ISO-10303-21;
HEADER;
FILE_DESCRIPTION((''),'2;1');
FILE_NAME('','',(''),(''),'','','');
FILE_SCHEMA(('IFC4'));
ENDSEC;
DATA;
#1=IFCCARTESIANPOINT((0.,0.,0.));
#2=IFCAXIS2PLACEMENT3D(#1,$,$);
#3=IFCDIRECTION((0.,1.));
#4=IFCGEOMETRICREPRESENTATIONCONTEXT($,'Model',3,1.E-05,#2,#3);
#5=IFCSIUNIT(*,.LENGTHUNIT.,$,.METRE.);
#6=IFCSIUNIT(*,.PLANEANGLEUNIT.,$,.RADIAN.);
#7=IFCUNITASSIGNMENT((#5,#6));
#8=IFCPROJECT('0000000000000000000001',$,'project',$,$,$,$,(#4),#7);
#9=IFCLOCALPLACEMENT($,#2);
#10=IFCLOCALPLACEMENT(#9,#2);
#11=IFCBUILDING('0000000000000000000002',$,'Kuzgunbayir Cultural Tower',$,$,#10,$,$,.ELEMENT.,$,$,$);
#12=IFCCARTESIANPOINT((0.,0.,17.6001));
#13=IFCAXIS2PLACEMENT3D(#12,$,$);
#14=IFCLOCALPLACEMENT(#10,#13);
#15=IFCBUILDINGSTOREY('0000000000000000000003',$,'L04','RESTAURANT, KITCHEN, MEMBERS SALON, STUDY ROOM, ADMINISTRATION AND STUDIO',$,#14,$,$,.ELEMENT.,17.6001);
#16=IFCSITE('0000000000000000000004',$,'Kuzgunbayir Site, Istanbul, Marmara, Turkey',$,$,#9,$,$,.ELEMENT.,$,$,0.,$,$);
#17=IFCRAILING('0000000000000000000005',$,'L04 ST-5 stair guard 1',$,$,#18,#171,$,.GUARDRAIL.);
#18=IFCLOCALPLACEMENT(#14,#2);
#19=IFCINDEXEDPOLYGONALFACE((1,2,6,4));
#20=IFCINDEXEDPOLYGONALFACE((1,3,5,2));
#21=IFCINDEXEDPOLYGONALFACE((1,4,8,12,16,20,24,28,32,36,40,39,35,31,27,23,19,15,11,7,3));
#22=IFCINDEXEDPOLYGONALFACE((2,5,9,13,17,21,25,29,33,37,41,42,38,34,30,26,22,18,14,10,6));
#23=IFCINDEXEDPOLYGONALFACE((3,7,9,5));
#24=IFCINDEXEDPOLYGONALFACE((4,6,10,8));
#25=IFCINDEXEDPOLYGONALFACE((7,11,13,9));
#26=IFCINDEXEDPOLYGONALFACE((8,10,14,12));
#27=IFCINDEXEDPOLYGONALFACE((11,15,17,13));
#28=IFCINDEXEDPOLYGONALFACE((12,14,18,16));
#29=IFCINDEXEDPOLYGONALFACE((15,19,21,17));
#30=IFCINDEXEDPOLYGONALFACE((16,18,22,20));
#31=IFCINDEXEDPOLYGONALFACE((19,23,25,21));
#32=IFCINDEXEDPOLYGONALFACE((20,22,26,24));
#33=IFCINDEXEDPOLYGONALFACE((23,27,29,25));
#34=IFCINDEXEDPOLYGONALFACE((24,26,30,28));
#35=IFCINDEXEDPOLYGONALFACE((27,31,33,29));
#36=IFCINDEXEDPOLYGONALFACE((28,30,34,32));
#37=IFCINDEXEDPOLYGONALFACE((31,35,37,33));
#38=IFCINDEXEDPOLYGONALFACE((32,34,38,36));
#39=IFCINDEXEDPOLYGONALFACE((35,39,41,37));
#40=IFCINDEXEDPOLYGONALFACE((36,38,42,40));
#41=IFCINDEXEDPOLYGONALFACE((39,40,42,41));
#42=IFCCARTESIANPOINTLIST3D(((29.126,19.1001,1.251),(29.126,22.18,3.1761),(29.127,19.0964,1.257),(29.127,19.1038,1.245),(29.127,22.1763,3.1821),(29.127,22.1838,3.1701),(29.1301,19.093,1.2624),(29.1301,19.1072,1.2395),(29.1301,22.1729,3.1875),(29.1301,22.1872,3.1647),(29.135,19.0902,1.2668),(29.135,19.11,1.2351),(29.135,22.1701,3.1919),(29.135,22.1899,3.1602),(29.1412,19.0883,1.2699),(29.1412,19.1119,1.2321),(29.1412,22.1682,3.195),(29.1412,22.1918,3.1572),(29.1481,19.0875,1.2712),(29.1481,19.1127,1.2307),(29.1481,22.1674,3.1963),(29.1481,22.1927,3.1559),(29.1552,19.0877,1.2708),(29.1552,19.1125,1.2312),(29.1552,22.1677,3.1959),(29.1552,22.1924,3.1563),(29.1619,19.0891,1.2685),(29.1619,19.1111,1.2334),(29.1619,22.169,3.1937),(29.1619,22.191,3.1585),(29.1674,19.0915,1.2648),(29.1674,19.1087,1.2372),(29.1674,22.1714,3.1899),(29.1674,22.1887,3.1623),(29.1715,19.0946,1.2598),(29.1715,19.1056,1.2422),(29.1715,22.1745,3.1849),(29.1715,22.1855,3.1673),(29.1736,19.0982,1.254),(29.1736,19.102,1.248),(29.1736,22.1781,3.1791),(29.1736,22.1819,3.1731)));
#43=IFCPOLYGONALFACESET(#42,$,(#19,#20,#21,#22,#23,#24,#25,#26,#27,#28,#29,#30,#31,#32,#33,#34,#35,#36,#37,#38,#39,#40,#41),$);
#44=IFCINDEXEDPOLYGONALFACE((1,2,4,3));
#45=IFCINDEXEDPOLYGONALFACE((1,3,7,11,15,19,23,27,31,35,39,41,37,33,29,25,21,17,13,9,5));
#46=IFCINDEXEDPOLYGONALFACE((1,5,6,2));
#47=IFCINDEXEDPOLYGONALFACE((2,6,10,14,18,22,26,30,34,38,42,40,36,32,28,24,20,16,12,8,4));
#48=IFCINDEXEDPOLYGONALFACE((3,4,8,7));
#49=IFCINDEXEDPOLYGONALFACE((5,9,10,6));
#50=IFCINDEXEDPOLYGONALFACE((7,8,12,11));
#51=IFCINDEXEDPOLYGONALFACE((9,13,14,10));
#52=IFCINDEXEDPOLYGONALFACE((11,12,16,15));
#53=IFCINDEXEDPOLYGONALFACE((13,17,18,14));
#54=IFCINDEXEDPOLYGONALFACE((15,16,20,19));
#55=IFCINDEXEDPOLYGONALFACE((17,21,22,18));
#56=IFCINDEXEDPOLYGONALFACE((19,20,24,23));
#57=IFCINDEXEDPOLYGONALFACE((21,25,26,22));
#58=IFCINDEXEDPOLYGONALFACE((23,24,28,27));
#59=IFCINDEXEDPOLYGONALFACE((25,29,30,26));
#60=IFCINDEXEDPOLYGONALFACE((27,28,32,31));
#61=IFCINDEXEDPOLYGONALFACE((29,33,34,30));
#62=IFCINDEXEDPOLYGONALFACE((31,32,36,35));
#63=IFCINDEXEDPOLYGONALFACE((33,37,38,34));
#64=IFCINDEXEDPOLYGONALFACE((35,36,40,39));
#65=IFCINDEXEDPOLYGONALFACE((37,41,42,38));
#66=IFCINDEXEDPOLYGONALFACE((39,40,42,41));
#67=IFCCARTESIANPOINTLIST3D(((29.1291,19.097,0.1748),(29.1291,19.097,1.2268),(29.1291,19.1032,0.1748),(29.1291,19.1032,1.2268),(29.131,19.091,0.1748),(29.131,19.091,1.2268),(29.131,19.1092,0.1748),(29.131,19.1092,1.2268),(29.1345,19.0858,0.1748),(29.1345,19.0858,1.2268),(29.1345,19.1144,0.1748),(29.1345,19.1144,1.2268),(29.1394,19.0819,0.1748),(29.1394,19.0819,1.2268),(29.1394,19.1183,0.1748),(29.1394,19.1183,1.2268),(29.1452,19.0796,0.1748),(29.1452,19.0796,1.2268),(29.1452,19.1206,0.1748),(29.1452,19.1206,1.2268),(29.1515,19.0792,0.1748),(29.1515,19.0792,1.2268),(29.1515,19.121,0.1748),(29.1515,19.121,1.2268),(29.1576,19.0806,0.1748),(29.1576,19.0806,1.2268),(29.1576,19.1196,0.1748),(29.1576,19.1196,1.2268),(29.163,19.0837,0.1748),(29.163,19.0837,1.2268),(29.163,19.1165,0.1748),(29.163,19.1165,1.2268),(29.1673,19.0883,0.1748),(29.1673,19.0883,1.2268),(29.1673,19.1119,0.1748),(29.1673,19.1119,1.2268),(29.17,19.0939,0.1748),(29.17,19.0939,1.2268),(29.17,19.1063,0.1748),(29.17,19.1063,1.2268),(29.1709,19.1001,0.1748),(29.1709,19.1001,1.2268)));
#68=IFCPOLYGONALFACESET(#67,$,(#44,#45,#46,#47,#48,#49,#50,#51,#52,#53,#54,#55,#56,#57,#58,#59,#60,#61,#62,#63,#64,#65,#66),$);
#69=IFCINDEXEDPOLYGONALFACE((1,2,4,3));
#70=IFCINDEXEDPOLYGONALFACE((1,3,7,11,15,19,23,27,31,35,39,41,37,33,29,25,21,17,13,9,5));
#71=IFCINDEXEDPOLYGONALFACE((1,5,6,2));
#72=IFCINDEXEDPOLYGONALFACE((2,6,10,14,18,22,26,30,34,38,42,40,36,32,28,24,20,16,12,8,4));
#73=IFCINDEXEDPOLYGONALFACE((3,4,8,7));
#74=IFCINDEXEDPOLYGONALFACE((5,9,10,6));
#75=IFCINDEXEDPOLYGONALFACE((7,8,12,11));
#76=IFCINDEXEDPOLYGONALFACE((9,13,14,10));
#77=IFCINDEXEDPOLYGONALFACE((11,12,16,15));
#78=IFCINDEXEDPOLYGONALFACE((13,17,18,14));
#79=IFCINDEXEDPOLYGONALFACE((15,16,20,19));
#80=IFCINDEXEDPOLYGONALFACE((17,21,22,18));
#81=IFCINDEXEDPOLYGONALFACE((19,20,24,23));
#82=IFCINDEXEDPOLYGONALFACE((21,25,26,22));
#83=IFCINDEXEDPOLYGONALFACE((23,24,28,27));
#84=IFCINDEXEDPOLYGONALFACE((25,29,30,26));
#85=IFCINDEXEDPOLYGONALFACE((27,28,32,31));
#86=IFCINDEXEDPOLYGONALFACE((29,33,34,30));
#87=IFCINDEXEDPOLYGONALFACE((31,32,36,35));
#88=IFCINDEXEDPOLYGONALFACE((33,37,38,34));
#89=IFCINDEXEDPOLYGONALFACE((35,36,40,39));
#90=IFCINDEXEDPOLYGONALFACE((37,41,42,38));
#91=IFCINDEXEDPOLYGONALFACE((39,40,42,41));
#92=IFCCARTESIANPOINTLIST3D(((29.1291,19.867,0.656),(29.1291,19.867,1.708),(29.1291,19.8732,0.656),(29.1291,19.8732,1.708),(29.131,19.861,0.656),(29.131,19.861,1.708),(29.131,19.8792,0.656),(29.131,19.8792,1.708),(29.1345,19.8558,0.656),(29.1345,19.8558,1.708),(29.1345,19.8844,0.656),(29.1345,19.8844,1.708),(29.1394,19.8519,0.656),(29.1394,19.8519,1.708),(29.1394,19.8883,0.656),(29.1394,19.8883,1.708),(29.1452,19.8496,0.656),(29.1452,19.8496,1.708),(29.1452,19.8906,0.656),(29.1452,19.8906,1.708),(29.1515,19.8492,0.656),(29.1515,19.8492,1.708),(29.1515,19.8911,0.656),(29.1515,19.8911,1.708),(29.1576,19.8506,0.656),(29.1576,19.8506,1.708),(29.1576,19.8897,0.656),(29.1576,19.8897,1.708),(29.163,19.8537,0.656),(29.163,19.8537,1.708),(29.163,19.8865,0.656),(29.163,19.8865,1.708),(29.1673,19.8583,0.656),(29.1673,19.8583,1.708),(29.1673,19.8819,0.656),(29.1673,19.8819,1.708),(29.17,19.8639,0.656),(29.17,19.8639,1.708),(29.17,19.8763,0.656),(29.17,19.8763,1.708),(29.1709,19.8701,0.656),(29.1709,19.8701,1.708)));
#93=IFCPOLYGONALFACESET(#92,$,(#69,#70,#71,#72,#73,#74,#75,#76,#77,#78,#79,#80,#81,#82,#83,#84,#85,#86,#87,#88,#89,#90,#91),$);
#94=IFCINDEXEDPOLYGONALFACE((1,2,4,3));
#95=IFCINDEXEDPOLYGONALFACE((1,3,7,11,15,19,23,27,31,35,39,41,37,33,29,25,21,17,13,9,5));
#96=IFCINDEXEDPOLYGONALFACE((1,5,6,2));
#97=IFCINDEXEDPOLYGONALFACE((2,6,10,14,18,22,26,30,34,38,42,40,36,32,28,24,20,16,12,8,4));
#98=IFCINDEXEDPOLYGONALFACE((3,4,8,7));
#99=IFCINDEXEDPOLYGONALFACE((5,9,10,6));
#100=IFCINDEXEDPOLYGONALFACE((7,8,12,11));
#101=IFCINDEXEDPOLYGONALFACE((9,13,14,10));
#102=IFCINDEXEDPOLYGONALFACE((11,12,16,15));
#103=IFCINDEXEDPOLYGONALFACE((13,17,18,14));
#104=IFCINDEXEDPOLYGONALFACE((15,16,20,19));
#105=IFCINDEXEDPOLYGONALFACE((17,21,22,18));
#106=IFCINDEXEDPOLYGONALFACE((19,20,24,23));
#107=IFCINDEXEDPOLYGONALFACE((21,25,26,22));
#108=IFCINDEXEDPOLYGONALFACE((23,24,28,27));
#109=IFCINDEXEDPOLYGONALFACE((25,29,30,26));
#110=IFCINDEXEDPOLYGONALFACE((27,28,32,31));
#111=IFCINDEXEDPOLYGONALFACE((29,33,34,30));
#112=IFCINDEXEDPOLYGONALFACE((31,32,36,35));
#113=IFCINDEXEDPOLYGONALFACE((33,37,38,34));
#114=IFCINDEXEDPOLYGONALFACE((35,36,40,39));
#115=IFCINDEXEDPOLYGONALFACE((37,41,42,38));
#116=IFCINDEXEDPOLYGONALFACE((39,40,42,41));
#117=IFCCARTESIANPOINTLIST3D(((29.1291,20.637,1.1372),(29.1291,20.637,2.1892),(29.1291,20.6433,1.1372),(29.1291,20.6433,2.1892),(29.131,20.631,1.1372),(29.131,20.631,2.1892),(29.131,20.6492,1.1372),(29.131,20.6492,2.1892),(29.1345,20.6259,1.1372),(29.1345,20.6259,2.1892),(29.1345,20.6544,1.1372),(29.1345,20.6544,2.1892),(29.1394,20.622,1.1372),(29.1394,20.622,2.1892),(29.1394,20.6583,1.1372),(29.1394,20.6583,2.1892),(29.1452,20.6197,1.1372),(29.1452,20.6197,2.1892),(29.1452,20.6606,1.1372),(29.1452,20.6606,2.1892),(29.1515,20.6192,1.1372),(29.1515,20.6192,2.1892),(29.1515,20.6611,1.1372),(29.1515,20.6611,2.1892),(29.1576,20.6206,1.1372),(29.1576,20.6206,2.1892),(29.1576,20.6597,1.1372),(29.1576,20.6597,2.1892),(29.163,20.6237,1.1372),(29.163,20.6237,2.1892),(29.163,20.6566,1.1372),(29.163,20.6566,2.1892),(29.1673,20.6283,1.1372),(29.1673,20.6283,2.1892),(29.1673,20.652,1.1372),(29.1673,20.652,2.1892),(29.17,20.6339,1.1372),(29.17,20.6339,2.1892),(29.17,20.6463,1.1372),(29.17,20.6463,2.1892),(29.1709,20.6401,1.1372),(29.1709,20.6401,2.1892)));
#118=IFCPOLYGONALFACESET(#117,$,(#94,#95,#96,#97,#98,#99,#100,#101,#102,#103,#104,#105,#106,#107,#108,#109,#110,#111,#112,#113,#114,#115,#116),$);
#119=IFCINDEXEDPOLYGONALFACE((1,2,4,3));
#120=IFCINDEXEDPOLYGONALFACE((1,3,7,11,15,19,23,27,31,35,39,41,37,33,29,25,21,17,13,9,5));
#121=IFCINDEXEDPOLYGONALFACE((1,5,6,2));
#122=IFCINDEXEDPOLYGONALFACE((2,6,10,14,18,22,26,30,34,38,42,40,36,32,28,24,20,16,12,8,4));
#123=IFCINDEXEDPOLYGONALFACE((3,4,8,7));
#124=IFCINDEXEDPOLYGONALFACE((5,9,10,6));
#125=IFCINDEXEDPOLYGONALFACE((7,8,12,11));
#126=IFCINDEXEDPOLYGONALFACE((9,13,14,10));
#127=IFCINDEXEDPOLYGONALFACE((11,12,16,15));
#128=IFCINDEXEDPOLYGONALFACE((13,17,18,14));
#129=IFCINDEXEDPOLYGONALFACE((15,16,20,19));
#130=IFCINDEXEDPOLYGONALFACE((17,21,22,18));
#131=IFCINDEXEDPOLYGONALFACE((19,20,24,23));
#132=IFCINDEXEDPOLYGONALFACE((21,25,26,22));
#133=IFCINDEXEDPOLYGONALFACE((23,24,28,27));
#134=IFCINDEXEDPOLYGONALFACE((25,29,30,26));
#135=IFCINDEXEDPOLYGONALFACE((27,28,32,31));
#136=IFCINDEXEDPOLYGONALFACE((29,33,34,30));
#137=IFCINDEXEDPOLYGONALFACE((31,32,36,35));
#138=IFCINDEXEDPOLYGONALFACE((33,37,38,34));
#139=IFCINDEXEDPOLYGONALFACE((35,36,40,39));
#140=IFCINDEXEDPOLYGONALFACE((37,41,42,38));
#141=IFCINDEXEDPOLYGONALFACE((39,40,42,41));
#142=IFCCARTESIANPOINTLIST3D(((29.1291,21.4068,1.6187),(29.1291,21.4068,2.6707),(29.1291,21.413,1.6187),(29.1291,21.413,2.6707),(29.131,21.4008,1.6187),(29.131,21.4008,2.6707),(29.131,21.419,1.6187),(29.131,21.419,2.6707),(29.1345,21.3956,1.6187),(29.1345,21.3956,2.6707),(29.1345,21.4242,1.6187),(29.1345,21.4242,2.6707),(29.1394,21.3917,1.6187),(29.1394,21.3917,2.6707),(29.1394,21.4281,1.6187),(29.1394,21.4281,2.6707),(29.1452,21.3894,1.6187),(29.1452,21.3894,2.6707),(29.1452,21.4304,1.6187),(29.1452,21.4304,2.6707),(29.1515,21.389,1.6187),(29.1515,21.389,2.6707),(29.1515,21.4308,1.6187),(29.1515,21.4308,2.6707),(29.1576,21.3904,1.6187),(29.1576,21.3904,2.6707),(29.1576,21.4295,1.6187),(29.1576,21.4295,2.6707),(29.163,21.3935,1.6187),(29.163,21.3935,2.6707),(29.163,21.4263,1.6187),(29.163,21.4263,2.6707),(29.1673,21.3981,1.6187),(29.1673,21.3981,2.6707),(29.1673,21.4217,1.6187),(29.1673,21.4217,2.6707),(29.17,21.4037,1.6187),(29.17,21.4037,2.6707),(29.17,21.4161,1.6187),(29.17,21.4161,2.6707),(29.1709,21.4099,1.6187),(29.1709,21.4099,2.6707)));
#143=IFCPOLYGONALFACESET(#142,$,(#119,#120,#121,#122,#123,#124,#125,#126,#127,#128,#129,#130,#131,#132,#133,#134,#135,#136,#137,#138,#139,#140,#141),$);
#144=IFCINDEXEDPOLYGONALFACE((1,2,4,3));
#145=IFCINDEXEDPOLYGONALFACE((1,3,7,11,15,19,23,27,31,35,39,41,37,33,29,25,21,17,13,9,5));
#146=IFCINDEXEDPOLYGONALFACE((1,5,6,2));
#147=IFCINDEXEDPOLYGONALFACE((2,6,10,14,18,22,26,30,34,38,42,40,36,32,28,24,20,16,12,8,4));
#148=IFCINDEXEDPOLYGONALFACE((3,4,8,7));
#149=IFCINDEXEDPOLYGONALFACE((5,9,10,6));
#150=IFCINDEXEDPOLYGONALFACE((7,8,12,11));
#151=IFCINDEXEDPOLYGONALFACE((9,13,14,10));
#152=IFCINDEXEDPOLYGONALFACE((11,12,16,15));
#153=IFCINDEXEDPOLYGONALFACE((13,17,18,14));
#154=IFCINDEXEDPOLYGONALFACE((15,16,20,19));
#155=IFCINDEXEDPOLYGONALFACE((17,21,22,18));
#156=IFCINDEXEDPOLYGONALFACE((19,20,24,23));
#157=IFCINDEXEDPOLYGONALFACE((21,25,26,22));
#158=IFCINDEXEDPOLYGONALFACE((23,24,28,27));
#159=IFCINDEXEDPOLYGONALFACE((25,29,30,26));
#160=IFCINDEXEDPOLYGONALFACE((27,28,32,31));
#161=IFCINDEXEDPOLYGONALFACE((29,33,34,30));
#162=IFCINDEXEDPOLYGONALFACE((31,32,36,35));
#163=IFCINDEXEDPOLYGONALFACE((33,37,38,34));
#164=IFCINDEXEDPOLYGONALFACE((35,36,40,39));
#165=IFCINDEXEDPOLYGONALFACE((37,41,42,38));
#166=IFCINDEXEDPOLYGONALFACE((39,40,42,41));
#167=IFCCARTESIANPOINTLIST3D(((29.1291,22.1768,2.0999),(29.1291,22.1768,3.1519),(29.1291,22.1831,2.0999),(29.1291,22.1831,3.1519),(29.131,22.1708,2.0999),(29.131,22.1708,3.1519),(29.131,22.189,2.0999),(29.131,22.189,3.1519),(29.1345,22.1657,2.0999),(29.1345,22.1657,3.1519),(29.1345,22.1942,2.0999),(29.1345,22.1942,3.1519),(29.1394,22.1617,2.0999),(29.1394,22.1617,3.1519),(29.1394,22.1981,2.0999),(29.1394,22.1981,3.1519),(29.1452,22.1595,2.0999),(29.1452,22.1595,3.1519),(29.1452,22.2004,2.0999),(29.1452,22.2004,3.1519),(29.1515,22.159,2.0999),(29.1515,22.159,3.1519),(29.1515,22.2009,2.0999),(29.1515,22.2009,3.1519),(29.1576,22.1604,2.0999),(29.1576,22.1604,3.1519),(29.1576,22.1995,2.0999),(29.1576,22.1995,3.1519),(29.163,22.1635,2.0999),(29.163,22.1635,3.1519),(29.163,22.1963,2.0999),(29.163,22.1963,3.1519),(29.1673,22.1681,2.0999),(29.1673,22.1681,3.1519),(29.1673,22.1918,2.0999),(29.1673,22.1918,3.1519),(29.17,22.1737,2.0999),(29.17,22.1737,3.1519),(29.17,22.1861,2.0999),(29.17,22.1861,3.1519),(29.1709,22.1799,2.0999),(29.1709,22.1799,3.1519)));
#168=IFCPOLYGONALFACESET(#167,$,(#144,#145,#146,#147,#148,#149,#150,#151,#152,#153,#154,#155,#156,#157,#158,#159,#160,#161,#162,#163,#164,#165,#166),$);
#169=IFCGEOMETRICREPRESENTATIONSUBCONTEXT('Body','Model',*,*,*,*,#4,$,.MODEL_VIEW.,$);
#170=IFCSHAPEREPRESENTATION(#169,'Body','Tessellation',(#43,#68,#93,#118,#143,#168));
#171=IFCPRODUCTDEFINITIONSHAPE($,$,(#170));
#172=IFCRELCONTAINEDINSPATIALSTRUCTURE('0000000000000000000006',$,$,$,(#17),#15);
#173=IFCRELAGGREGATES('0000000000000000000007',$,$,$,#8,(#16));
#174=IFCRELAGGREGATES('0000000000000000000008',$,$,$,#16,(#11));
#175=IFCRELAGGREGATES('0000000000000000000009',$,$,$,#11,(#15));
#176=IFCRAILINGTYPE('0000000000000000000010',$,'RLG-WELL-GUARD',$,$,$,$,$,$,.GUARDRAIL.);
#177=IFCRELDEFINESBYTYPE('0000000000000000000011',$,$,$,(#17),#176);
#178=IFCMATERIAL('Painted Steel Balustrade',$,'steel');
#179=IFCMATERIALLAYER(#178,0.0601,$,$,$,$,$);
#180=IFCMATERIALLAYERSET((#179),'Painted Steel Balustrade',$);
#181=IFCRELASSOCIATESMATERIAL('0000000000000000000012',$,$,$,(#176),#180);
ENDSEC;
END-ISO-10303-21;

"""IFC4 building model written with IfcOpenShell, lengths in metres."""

from ifc_helpers import new_model, si_unit, direction, frame, origin, origin_2d, place, context, subcontext, project, spatial, circle, extrude, material, layer, layer_set, type_object, element, save


model = new_model("IFC4")

# Units and contexts
model_context = context("Model", 3, precision=1e-05, world=origin(), true_north=direction((0.0, 1.0)))
body_context = subcontext(model_context, "Body", "Model", "MODEL_VIEW")
ifc_project = project(units=[si_unit("LENGTHUNIT", "METRE"), si_unit("PLANEANGLEUNIT", "RADIAN")], contexts=[model_context])

# Site, building, storey
site_placement = place(None, origin())
site = spatial("IfcSite", under=ifc_project, at=site_placement, Name="Kuzgunbayir Site, Istanbul, Marmara, Turkey", CompositionType="ELEMENT", RefElevation=0.0)
building_placement = place(site_placement, origin())
building = spatial("IfcBuilding", under=site, at=building_placement, Name="Kuzgunbayir Cultural Tower", CompositionType="ELEMENT")
storey_placement = place(building_placement, frame((0.0, 0.0, 17.6001)))
storey = spatial("IfcBuildingStorey", under=building, at=storey_placement, Name="L04", Description="RESTAURANT, KITCHEN, MEMBERS SALON, STUDY ROOM, ADMINISTRATION AND STUDIO", CompositionType="ELEMENT", Elevation=17.6001)

# Railing
ifc_material_1 = material(Name="Painted Steel Balustrade", Category="steel")
ifc_layer_1 = layer(ifc_material_1, 0.0601)
ifc_layer_set_1 = layer_set([ifc_layer_1], Name="Painted Steel Balustrade")
railing_type_1 = type_object("IfcRailingType", Name="RLG-WELL-GUARD", PredefinedType="GUARDRAIL", material=ifc_layer_set_1)
railing_1_placement = place(storey_placement, frame((29.1499, 19.1001, 0.1748)))
element("IfcRailing", 1, at=railing_1_placement, inside=storey, type_object=railing_type_1, Name="L04 ST-5 stair guard 1", PredefinedType="GUARDRAIL", context=body_context, shape_type="SweptSolid", body=[
    extrude(circle(Radius=0.0239, at=origin_2d()), frame((0.0, 0.0, 1.0762), z_axis=(0.0, 0.847979, 0.530029), x_axis=(-1.0, 0.0, 0.0)), (0.0, 0.0, 1.0), 3.6321),
    extrude(circle(Radius=0.021, at=origin_2d()), origin(), (0.0, 0.0, 1.0), 1.052),
    extrude(circle(Radius=0.021, at=origin_2d()), frame((0.0, 0.77, 0.4812)), (0.0, 0.0, 1.0), 1.052),
    extrude(circle(Radius=0.021, at=origin_2d()), frame((0.0, 1.54, 0.9624)), (0.0, 0.0, 1.0), 1.052),
    extrude(circle(Radius=0.021, at=origin_2d()), frame((0.0, 2.3098, 1.4438)), (0.0, 0.0, 1.0), 1.052),
    extrude(circle(Radius=0.021, at=origin_2d()), frame((0.0, 3.0798, 1.925)), (0.0, 0.0, 1.0), 1.052),
])

save(model, "model.ifc")
